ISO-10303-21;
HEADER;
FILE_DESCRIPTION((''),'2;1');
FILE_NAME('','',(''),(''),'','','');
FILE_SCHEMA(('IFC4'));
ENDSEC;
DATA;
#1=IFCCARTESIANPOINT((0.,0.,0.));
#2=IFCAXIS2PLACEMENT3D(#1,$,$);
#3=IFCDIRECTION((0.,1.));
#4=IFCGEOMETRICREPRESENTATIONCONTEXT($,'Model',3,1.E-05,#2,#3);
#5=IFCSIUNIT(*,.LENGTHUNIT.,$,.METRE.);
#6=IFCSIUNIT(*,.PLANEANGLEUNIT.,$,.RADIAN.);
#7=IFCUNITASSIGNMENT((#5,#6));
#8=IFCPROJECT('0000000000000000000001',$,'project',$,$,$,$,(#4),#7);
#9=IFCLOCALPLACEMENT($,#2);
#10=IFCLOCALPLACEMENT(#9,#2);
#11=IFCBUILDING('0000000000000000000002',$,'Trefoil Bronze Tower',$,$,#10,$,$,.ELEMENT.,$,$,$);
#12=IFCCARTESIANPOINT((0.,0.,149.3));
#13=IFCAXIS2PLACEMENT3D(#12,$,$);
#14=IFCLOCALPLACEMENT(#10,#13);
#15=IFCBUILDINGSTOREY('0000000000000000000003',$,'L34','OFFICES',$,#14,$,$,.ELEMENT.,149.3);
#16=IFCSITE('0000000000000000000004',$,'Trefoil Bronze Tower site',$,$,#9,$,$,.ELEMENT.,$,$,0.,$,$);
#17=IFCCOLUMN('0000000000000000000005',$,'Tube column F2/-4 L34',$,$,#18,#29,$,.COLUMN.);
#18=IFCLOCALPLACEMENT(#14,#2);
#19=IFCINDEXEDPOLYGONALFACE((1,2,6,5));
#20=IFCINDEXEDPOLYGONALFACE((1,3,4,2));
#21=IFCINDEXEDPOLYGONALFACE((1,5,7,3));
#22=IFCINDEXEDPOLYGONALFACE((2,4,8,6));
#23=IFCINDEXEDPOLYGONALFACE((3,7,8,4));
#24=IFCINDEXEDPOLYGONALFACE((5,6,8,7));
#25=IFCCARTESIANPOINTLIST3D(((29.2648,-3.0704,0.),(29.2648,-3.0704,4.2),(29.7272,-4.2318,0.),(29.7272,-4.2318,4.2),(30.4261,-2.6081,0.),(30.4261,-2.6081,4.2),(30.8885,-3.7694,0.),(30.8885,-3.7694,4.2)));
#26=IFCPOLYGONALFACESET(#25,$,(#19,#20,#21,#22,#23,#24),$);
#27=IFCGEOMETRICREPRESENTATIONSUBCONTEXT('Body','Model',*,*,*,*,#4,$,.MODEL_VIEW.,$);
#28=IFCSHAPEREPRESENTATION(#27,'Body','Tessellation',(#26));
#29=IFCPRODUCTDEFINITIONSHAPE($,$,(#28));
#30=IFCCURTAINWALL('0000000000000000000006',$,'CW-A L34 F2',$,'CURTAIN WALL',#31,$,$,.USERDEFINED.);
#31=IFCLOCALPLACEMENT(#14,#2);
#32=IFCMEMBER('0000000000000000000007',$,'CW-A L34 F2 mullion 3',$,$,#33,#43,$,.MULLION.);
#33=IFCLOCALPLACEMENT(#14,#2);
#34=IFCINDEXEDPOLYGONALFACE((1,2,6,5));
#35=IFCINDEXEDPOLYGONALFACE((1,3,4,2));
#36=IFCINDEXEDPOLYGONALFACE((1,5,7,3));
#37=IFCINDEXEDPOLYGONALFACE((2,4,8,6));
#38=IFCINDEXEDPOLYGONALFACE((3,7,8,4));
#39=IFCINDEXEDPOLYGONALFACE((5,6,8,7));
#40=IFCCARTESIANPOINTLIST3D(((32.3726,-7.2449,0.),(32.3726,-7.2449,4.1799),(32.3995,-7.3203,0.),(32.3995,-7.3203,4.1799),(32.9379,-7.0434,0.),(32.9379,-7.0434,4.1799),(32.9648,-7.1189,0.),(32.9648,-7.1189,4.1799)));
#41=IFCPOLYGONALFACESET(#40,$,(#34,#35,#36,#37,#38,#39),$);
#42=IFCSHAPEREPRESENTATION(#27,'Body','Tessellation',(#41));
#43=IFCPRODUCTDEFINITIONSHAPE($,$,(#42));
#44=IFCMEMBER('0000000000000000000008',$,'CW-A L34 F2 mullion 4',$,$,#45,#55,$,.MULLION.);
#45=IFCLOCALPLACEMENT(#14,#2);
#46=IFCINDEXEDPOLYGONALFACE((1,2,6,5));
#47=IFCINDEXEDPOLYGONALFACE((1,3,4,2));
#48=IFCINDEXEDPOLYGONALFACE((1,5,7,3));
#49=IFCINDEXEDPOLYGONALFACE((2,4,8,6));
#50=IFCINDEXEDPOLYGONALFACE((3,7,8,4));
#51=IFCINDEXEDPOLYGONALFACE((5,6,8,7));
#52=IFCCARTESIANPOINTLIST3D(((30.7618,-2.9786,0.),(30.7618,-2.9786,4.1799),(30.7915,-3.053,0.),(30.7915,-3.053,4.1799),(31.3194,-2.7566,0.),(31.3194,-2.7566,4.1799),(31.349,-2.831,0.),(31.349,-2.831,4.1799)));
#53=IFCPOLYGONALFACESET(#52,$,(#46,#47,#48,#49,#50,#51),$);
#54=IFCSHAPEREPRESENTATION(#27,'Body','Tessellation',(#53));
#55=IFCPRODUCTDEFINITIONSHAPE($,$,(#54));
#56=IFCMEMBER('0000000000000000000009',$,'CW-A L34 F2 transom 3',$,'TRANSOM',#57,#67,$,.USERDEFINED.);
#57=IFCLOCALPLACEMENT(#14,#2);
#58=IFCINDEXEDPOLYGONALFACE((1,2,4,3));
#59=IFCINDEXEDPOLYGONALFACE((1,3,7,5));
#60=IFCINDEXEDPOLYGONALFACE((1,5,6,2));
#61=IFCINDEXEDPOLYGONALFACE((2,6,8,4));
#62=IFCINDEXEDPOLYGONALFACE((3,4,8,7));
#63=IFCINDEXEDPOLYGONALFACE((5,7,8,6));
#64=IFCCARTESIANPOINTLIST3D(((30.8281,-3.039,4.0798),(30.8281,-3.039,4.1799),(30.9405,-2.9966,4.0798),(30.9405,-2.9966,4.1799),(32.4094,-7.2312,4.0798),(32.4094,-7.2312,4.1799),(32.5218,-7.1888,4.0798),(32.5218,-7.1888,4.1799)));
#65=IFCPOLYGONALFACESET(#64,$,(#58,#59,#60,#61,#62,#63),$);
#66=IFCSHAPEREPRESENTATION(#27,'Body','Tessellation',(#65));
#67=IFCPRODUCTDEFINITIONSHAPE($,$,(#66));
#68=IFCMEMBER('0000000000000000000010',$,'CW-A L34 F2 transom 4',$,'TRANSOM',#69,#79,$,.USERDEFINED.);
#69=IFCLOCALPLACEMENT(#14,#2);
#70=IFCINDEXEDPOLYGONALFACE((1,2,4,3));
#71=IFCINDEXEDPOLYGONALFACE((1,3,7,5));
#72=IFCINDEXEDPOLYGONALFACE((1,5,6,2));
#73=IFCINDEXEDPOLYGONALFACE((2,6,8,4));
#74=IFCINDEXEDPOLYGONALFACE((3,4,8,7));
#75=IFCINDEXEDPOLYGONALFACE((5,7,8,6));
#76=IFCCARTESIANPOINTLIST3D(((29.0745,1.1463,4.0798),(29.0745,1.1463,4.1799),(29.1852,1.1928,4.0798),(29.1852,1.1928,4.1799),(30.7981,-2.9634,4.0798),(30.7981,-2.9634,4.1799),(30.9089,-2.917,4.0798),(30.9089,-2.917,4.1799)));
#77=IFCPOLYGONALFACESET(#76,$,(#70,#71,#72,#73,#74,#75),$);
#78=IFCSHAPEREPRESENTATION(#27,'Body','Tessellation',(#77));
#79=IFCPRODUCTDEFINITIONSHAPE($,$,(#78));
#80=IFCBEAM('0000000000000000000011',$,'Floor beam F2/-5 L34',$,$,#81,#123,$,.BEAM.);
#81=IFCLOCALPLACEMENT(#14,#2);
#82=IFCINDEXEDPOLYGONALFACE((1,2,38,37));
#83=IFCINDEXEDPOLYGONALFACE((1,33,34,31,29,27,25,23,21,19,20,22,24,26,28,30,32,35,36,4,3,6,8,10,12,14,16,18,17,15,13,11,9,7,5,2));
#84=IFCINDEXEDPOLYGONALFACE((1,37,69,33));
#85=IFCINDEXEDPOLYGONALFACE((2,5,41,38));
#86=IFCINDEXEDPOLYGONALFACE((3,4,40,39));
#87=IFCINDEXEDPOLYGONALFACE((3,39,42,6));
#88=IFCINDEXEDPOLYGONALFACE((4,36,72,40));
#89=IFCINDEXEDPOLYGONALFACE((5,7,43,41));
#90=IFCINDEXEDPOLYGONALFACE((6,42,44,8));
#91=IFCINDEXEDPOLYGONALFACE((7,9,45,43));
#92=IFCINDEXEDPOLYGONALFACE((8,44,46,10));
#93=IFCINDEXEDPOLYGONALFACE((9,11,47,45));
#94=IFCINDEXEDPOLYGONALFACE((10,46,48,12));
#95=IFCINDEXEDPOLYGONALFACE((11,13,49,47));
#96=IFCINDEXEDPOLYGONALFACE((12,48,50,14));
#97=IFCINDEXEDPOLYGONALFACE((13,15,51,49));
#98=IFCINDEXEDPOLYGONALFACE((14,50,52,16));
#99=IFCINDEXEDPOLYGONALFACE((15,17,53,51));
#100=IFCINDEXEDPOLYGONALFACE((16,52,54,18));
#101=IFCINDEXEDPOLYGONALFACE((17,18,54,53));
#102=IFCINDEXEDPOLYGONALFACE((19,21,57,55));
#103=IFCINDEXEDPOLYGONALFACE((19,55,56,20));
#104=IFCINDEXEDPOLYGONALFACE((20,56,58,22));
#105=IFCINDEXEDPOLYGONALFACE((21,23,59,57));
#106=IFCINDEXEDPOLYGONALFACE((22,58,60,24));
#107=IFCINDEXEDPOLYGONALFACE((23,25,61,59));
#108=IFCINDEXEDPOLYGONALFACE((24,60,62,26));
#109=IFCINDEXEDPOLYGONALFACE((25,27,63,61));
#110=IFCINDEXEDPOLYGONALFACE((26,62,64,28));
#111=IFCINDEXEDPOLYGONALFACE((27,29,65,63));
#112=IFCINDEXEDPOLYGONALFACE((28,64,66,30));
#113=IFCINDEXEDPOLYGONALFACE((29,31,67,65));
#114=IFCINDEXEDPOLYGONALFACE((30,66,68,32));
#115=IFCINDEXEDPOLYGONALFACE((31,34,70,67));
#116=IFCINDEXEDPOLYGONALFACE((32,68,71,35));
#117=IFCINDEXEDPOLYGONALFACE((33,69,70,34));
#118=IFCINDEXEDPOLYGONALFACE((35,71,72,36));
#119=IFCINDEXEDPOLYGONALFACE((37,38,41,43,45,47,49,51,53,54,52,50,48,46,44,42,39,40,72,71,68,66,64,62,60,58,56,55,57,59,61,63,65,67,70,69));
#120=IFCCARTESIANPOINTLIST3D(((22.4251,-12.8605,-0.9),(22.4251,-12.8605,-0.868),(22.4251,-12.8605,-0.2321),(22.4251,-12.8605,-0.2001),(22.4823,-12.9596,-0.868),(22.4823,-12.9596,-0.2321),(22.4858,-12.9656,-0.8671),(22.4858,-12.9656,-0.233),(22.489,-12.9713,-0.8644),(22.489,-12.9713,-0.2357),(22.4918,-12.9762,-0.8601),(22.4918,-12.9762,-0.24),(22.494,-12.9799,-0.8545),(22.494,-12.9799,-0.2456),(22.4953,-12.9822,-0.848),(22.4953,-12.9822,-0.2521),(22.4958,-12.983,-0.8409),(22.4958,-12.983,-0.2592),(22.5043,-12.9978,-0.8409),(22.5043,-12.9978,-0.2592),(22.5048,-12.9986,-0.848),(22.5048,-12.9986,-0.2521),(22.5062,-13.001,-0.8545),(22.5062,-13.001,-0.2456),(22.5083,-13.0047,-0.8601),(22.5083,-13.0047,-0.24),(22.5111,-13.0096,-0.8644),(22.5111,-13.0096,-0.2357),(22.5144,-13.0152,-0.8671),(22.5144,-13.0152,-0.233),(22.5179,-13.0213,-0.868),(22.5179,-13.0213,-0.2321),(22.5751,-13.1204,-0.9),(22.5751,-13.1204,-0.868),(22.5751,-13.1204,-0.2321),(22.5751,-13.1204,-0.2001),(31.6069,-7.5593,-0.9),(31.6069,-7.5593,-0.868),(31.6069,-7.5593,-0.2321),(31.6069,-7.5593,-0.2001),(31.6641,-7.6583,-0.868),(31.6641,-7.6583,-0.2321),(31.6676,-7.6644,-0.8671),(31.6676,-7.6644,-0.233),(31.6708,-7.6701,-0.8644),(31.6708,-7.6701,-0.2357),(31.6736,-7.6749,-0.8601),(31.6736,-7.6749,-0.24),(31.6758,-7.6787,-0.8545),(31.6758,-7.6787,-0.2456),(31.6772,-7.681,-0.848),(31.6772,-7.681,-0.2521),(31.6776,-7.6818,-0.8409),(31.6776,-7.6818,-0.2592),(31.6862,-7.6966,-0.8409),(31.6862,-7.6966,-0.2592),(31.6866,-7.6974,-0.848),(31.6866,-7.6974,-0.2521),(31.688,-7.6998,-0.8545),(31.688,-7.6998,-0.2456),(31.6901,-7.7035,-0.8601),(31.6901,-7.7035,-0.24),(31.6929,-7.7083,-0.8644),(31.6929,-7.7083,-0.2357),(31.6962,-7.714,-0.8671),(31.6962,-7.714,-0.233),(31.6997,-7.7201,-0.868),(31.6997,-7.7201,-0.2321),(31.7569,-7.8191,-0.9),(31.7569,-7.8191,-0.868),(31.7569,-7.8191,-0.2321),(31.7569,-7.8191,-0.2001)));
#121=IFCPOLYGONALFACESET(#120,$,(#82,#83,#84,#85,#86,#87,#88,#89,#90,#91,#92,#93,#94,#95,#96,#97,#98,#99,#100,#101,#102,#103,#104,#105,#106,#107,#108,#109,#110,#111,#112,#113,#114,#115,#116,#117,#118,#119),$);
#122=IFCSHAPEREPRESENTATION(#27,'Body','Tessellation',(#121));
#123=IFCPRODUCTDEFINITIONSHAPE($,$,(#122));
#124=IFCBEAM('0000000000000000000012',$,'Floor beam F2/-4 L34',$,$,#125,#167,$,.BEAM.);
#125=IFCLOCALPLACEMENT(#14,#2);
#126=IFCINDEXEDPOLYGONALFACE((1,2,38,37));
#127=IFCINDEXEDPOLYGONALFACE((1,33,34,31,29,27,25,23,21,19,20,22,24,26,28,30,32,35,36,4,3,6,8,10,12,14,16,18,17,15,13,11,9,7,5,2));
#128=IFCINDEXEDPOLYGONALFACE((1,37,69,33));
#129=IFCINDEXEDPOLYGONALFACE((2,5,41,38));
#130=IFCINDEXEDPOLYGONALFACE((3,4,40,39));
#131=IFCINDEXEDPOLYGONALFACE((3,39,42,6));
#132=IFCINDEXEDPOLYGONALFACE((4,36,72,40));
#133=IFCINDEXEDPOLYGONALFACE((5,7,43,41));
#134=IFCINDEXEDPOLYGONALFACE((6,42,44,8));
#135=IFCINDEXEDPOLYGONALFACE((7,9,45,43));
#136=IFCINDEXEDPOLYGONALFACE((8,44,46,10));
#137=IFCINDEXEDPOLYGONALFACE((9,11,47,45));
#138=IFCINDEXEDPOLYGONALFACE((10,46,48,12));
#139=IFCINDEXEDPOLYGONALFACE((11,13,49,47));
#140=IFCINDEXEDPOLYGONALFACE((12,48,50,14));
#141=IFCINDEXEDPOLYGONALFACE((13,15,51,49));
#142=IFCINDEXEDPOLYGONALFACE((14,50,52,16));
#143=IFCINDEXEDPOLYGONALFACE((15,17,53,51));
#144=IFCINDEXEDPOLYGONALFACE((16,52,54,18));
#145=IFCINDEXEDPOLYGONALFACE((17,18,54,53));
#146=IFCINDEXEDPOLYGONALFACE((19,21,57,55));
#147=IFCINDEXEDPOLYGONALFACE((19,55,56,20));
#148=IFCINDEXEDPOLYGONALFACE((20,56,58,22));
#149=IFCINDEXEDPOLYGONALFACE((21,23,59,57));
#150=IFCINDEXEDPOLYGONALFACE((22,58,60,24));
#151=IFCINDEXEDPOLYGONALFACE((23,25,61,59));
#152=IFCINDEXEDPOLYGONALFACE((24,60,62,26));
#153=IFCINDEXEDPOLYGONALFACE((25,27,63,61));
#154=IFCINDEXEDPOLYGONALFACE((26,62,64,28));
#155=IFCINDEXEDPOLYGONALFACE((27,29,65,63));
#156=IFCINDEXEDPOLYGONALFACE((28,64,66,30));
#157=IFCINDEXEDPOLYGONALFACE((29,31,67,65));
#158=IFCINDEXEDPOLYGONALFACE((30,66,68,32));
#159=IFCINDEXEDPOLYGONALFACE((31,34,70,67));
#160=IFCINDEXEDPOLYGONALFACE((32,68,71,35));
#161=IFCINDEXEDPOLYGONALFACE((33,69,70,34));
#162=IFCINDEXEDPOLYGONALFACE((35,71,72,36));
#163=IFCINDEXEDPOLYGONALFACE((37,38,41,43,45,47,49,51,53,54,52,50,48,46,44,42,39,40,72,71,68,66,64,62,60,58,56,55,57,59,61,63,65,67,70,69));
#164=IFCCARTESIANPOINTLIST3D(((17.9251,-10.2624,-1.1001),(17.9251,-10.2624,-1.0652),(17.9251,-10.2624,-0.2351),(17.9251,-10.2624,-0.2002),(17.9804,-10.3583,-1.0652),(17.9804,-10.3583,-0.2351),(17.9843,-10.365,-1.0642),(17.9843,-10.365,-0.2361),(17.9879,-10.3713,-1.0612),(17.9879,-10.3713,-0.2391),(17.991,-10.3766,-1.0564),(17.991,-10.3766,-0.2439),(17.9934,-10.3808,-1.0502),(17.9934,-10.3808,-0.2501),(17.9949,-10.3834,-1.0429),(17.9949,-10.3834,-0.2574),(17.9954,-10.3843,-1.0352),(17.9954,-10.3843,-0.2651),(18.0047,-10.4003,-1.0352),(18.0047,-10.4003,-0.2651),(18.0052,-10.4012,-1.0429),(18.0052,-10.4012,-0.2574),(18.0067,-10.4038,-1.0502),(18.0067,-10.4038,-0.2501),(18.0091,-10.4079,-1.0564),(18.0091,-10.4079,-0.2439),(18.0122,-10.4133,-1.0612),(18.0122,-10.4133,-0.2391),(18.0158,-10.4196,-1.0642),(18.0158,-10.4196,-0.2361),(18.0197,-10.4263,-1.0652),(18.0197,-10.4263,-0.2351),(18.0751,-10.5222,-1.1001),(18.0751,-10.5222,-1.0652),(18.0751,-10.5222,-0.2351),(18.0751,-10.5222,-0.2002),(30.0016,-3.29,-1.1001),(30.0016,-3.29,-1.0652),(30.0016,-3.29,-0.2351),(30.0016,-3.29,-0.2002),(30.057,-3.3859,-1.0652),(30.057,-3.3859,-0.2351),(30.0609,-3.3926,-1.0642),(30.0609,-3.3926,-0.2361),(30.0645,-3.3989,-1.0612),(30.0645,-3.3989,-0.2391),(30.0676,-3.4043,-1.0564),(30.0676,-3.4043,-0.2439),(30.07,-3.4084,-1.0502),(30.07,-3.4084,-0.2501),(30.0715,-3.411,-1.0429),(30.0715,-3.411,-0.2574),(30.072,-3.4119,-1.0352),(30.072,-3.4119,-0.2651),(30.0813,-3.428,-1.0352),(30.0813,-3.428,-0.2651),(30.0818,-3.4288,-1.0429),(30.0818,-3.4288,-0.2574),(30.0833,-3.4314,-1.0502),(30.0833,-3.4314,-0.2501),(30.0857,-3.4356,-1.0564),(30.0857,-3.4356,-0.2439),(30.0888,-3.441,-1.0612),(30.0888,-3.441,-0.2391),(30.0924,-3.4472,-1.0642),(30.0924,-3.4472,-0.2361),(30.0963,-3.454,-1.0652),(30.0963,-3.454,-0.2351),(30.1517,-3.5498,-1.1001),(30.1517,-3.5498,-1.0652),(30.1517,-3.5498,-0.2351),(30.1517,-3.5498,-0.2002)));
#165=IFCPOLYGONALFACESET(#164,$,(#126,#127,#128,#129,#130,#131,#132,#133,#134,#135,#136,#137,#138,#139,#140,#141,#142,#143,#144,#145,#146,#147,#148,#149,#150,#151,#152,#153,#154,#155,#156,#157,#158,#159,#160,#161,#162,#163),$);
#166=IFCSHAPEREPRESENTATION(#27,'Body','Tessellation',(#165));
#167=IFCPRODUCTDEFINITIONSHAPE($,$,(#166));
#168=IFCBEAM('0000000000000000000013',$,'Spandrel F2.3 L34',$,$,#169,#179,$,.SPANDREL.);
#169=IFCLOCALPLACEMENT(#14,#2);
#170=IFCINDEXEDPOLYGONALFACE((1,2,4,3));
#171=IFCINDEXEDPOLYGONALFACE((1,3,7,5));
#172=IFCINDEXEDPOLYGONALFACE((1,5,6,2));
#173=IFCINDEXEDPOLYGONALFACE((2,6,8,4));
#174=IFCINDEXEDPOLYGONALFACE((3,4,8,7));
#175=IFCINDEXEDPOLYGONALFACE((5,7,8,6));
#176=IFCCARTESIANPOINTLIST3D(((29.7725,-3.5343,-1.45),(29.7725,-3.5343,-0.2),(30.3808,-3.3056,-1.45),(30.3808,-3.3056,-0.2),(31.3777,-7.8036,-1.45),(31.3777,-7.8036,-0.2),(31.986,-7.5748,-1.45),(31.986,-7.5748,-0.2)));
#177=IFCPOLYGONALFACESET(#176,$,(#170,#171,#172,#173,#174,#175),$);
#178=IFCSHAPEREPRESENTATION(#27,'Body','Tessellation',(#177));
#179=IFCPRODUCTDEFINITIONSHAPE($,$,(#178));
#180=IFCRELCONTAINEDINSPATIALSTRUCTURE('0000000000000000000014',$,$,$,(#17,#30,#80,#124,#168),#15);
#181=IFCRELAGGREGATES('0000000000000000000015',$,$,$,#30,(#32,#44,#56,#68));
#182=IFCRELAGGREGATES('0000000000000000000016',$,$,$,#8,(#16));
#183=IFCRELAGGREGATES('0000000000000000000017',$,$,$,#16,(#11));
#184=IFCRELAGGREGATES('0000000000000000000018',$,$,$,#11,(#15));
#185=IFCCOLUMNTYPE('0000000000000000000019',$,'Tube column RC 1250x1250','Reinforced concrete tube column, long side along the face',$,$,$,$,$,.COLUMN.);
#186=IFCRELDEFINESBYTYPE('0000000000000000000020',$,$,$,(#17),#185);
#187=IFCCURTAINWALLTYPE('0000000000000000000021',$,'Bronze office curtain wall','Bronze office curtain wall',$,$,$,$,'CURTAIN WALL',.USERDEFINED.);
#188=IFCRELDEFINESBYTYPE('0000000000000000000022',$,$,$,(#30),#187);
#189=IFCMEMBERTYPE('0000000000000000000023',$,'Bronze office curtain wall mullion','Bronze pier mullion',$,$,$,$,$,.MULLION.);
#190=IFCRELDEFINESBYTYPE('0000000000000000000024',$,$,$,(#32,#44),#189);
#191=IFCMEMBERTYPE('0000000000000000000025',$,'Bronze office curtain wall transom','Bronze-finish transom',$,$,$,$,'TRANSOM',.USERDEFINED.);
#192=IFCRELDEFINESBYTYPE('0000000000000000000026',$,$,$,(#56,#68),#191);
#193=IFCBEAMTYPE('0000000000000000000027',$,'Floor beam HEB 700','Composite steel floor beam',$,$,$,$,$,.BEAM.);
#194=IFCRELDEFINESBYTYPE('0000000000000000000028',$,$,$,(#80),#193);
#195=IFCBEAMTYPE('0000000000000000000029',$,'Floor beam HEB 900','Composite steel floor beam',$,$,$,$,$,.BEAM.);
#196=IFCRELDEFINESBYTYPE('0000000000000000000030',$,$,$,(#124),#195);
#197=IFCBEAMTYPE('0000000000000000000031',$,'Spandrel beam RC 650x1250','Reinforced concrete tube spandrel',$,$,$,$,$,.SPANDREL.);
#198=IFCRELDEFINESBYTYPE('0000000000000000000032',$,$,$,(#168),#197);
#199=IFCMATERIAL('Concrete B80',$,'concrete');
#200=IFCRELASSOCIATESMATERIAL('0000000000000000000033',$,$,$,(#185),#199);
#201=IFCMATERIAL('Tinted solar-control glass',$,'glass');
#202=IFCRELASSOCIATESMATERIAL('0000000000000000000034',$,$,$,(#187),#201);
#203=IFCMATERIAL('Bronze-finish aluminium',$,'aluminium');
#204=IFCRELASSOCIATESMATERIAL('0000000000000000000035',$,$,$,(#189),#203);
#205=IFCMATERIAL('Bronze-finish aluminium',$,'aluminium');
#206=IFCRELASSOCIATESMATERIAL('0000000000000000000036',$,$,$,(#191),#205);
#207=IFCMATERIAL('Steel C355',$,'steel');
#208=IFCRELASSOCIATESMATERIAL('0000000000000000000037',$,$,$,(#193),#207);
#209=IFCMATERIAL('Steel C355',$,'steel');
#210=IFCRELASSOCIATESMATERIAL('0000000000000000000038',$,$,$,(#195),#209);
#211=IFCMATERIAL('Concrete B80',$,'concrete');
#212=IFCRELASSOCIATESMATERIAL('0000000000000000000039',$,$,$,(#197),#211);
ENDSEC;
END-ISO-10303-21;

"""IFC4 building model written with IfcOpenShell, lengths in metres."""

from ifc_helpers import new_model, si_unit, direction, frame, origin, origin_2d, place, context, subcontext, project, spatial, rectangle, i_section, extrude, material, material_profile, profile_set, type_object, element, aggregate, save


model = new_model("IFC4")

# Units and contexts
model_context = context("Model", 3, precision=1e-05, world=origin(), true_north=direction((0.0, 1.0)))
body_context = subcontext(model_context, "Body", "Model", "MODEL_VIEW")
ifc_project = project(units=[si_unit("LENGTHUNIT", "METRE"), si_unit("PLANEANGLEUNIT", "RADIAN")], contexts=[model_context])

# Site, building, storey
site_placement = place(None, origin())
site = spatial("IfcSite", under=ifc_project, at=site_placement, Name="Trefoil Bronze Tower site", CompositionType="ELEMENT", RefElevation=0.0)
building_placement = place(site_placement, origin())
building = spatial("IfcBuilding", under=site, at=building_placement, Name="Trefoil Bronze Tower", CompositionType="ELEMENT")
storey_placement = place(building_placement, frame((0.0, 0.0, 149.3)))
storey = spatial("IfcBuildingStorey", under=building, at=storey_placement, Name="L34", Description="OFFICES", CompositionType="ELEMENT", Elevation=149.3)

# Column
ifc_material_1 = material(Name="Concrete B80", Category="concrete")
ifc_material_profile_1 = material_profile(ifc_material_1, rectangle(XDim=1.25, YDim=1.25, at=origin_2d()), Name="RC 1250x1250")
ifc_profile_set_1 = profile_set([ifc_material_profile_1], Name="Concrete B80")
column_type = type_object("IfcColumnType", Name="Tube column RC 1250x1250", Description="Reinforced concrete tube column, long side along the face", PredefinedType="COLUMN", material=ifc_profile_set_1)
column_placement = place(storey_placement, frame((30.0767, -3.4199, 0.0), z_axis=(0.0, 0.0, 1.0), x_axis=(-0.369901, 0.929071, 0.0)))
element("IfcColumn", 1, at=column_placement, inside=storey, type_object=column_type, Name="Tube column F2/-4 L34", PredefinedType="COLUMN", context=body_context, shape_type="SweptSolid", body=[
    extrude(rectangle(XDim=1.25, YDim=1.25, at=origin_2d()), origin(), (0.0, 0.0, 1.0), 4.2),
])

# Curtain wall, members
ifc_material_2 = material(Name="Tinted solar-control glass", Category="glass")
curtain_wall_type = type_object("IfcCurtainWallType", Name="Bronze office curtain wall", Description="Bronze office curtain wall", ElementType="CURTAIN WALL", PredefinedType="USERDEFINED", material=ifc_material_2)
curtain_wall_placement = place(storey_placement, origin())
curtain_wall = element("IfcCurtainWall", 2, at=curtain_wall_placement, inside=storey, type_object=curtain_wall_type, Name="CW-A L34 F2", ObjectType="CURTAIN WALL", PredefinedType="USERDEFINED")
ifc_material_3 = material(Name="Bronze-finish aluminium", Category="aluminium")
ifc_material_profile_2 = material_profile(ifc_material_3, rectangle(XDim=0.6001, YDim=0.0801, at=origin_2d()), Name="CW-A mullion")
ifc_profile_set_2 = profile_set([ifc_material_profile_2], Name="Bronze-finish aluminium")
member_type_1 = type_object("IfcMemberType", Name="Bronze office curtain wall mullion", Description="Bronze pier mullion", PredefinedType="MULLION", material=ifc_profile_set_2)
member_1_placement = place(storey_placement, frame((32.6687, -7.1819, 0.0), z_axis=(0.0, 0.0, 1.0), x_axis=(-0.941963, -0.335718, 0.0)))
member_1 = element("IfcMember", 3, at=member_1_placement, type_object=member_type_1, Name="CW-A L34 F2 mullion 3", PredefinedType="MULLION", context=body_context, shape_type="SweptSolid", body=[
    extrude(rectangle(XDim=0.6001, YDim=0.0801, at=origin_2d()), origin(), (0.0, 0.0, 1.0), 4.1799),
])
member_2_placement = place(storey_placement, frame((31.0554, -2.9048, 0.0), z_axis=(0.0, 0.0, 1.0), x_axis=(-0.929071, -0.369901, 0.0)))
member_2 = element("IfcMember", 4, at=member_2_placement, type_object=member_type_1, Name="CW-A L34 F2 mullion 4", PredefinedType="MULLION", context=body_context, shape_type="SweptSolid", body=[
    extrude(rectangle(XDim=0.6001, YDim=0.0801, at=origin_2d()), origin(), (0.0, 0.0, 1.0), 4.1799),
])
ifc_material_4 = material(Name="Bronze-finish aluminium", Category="aluminium")
ifc_material_profile_3 = material_profile(ifc_material_4, rectangle(XDim=0.1201, YDim=0.1001, at=origin_2d()), Name="CW-A transom")
ifc_profile_set_3 = profile_set([ifc_material_profile_3], Name="Bronze-finish aluminium")
member_type_2 = type_object("IfcMemberType", Name="Bronze office curtain wall transom", Description="Bronze-finish transom", ElementType="TRANSOM", PredefinedType="USERDEFINED", material=ifc_profile_set_3)
member_3_placement = place(storey_placement, frame((32.4656, -7.21, 4.1299), z_axis=(-0.352932, 0.935649, 0.0), x_axis=(-0.935649, -0.352932, 0.0)))
member_3 = element("IfcMember", 5, at=member_3_placement, type_object=member_type_2, Name="CW-A L34 F2 transom 3", ObjectType="TRANSOM", PredefinedType="USERDEFINED", context=body_context, shape_type="SweptSolid", body=[
    extrude(rectangle(XDim=0.1201, YDim=0.1001, at=origin_2d()), origin(), (0.0, 0.0, 1.0), 4.4805),
])
member_4_placement = place(storey_placement, frame((30.8535, -2.9402, 4.1299), z_axis=(-0.386773, 0.922175, 0.0), x_axis=(-0.922175, -0.386773, 0.0)))
member_4 = element("IfcMember", 6, at=member_4_placement, type_object=member_type_2, Name="CW-A L34 F2 transom 4", ObjectType="TRANSOM", PredefinedType="USERDEFINED", context=body_context, shape_type="SweptSolid", body=[
    extrude(rectangle(XDim=0.1201, YDim=0.1001, at=origin_2d()), origin(), (0.0, 0.0, 1.0), 4.4565),
])

# Beams
ifc_material_5 = material(Name="Steel C355", Category="steel")
ifc_material_profile_4 = material_profile(ifc_material_5, i_section(OverallWidth=0.3, OverallDepth=0.7, WebThickness=0.0171, FlangeThickness=0.032, FilletRadius=0.0271, at=origin_2d()), Name="HEB 700")
ifc_profile_set_4 = profile_set([ifc_material_profile_4], Name="Steel C355")
beam_type_1 = type_object("IfcBeamType", Name="Floor beam HEB 700", Description="Composite steel floor beam", PredefinedType="BEAM", material=ifc_profile_set_4)
beam_1_placement = place(storey_placement, frame((31.6819, -7.6892, -0.55), z_axis=(-0.866021, -0.500007, 0.0), x_axis=(0.500007, -0.866021, 0.0)))
element("IfcBeam", 7, at=beam_1_placement, inside=storey, type_object=beam_type_1, Name="Floor beam F2/-5 L34", PredefinedType="BEAM", context=body_context, shape_type="SweptSolid", body=[
    extrude(i_section(OverallWidth=0.3, OverallDepth=0.7, WebThickness=0.0171, FlangeThickness=0.032, FilletRadius=0.0271, at=origin_2d()), origin(), (0.0, 0.0, 1.0), 10.6023),
])
ifc_material_6 = material(Name="Steel C355", Category="steel")
ifc_material_profile_5 = material_profile(ifc_material_6, i_section(OverallWidth=0.3, OverallDepth=0.8999, WebThickness=0.0186, FlangeThickness=0.0349, FilletRadius=0.03, at=origin_2d()), Name="HEB 900")
ifc_profile_set_5 = profile_set([ifc_material_profile_5], Name="Steel C355")
beam_type_2 = type_object("IfcBeamType", Name="Floor beam HEB 900", Description="Composite steel floor beam", PredefinedType="BEAM", material=ifc_profile_set_5)
beam_2_placement = place(storey_placement, frame((30.0767, -3.4199, -0.6501), z_axis=(-0.866027, -0.499997, 0.0), x_axis=(0.499997, -0.866027, 0.0)))
element("IfcBeam", 8, at=beam_2_placement, inside=storey, type_object=beam_type_2, Name="Floor beam F2/-4 L34", PredefinedType="BEAM", context=body_context, shape_type="SweptSolid", body=[
    extrude(i_section(OverallWidth=0.3, OverallDepth=0.8999, WebThickness=0.0186, FlangeThickness=0.0349, FilletRadius=0.03, at=origin_2d()), origin(), (0.0, 0.0, 1.0), 13.9448),
])
ifc_material_7 = material(Name="Concrete B80", Category="concrete")
ifc_material_profile_6 = material_profile(ifc_material_7, rectangle(XDim=0.6499, YDim=1.25, at=origin_2d()), Name="RC 650x1250")
ifc_profile_set_6 = profile_set([ifc_material_profile_6], Name="Concrete B80")
beam_type_3 = type_object("IfcBeamType", Name="Spandrel beam RC 650x1250", Description="Reinforced concrete tube spandrel", PredefinedType="SPANDREL", material=ifc_profile_set_6)
beam_3_placement = place(storey_placement, frame((31.6819, -7.6892, -0.825), z_axis=(-0.351939, 0.936023, 0.0), x_axis=(-0.936023, -0.351939, 0.0)))
element("IfcBeam", 9, at=beam_3_placement, inside=storey, type_object=beam_type_3, Name="Spandrel F2.3 L34", PredefinedType="SPANDREL", context=body_context, shape_type="SweptSolid", body=[
    extrude(rectangle(XDim=0.6499, YDim=1.25, at=origin_2d()), origin(), (0.0, 0.0, 1.0), 4.561),
])

aggregate(curtain_wall, [member_1, member_2, member_3, member_4])

save(model, "model.ifc")
